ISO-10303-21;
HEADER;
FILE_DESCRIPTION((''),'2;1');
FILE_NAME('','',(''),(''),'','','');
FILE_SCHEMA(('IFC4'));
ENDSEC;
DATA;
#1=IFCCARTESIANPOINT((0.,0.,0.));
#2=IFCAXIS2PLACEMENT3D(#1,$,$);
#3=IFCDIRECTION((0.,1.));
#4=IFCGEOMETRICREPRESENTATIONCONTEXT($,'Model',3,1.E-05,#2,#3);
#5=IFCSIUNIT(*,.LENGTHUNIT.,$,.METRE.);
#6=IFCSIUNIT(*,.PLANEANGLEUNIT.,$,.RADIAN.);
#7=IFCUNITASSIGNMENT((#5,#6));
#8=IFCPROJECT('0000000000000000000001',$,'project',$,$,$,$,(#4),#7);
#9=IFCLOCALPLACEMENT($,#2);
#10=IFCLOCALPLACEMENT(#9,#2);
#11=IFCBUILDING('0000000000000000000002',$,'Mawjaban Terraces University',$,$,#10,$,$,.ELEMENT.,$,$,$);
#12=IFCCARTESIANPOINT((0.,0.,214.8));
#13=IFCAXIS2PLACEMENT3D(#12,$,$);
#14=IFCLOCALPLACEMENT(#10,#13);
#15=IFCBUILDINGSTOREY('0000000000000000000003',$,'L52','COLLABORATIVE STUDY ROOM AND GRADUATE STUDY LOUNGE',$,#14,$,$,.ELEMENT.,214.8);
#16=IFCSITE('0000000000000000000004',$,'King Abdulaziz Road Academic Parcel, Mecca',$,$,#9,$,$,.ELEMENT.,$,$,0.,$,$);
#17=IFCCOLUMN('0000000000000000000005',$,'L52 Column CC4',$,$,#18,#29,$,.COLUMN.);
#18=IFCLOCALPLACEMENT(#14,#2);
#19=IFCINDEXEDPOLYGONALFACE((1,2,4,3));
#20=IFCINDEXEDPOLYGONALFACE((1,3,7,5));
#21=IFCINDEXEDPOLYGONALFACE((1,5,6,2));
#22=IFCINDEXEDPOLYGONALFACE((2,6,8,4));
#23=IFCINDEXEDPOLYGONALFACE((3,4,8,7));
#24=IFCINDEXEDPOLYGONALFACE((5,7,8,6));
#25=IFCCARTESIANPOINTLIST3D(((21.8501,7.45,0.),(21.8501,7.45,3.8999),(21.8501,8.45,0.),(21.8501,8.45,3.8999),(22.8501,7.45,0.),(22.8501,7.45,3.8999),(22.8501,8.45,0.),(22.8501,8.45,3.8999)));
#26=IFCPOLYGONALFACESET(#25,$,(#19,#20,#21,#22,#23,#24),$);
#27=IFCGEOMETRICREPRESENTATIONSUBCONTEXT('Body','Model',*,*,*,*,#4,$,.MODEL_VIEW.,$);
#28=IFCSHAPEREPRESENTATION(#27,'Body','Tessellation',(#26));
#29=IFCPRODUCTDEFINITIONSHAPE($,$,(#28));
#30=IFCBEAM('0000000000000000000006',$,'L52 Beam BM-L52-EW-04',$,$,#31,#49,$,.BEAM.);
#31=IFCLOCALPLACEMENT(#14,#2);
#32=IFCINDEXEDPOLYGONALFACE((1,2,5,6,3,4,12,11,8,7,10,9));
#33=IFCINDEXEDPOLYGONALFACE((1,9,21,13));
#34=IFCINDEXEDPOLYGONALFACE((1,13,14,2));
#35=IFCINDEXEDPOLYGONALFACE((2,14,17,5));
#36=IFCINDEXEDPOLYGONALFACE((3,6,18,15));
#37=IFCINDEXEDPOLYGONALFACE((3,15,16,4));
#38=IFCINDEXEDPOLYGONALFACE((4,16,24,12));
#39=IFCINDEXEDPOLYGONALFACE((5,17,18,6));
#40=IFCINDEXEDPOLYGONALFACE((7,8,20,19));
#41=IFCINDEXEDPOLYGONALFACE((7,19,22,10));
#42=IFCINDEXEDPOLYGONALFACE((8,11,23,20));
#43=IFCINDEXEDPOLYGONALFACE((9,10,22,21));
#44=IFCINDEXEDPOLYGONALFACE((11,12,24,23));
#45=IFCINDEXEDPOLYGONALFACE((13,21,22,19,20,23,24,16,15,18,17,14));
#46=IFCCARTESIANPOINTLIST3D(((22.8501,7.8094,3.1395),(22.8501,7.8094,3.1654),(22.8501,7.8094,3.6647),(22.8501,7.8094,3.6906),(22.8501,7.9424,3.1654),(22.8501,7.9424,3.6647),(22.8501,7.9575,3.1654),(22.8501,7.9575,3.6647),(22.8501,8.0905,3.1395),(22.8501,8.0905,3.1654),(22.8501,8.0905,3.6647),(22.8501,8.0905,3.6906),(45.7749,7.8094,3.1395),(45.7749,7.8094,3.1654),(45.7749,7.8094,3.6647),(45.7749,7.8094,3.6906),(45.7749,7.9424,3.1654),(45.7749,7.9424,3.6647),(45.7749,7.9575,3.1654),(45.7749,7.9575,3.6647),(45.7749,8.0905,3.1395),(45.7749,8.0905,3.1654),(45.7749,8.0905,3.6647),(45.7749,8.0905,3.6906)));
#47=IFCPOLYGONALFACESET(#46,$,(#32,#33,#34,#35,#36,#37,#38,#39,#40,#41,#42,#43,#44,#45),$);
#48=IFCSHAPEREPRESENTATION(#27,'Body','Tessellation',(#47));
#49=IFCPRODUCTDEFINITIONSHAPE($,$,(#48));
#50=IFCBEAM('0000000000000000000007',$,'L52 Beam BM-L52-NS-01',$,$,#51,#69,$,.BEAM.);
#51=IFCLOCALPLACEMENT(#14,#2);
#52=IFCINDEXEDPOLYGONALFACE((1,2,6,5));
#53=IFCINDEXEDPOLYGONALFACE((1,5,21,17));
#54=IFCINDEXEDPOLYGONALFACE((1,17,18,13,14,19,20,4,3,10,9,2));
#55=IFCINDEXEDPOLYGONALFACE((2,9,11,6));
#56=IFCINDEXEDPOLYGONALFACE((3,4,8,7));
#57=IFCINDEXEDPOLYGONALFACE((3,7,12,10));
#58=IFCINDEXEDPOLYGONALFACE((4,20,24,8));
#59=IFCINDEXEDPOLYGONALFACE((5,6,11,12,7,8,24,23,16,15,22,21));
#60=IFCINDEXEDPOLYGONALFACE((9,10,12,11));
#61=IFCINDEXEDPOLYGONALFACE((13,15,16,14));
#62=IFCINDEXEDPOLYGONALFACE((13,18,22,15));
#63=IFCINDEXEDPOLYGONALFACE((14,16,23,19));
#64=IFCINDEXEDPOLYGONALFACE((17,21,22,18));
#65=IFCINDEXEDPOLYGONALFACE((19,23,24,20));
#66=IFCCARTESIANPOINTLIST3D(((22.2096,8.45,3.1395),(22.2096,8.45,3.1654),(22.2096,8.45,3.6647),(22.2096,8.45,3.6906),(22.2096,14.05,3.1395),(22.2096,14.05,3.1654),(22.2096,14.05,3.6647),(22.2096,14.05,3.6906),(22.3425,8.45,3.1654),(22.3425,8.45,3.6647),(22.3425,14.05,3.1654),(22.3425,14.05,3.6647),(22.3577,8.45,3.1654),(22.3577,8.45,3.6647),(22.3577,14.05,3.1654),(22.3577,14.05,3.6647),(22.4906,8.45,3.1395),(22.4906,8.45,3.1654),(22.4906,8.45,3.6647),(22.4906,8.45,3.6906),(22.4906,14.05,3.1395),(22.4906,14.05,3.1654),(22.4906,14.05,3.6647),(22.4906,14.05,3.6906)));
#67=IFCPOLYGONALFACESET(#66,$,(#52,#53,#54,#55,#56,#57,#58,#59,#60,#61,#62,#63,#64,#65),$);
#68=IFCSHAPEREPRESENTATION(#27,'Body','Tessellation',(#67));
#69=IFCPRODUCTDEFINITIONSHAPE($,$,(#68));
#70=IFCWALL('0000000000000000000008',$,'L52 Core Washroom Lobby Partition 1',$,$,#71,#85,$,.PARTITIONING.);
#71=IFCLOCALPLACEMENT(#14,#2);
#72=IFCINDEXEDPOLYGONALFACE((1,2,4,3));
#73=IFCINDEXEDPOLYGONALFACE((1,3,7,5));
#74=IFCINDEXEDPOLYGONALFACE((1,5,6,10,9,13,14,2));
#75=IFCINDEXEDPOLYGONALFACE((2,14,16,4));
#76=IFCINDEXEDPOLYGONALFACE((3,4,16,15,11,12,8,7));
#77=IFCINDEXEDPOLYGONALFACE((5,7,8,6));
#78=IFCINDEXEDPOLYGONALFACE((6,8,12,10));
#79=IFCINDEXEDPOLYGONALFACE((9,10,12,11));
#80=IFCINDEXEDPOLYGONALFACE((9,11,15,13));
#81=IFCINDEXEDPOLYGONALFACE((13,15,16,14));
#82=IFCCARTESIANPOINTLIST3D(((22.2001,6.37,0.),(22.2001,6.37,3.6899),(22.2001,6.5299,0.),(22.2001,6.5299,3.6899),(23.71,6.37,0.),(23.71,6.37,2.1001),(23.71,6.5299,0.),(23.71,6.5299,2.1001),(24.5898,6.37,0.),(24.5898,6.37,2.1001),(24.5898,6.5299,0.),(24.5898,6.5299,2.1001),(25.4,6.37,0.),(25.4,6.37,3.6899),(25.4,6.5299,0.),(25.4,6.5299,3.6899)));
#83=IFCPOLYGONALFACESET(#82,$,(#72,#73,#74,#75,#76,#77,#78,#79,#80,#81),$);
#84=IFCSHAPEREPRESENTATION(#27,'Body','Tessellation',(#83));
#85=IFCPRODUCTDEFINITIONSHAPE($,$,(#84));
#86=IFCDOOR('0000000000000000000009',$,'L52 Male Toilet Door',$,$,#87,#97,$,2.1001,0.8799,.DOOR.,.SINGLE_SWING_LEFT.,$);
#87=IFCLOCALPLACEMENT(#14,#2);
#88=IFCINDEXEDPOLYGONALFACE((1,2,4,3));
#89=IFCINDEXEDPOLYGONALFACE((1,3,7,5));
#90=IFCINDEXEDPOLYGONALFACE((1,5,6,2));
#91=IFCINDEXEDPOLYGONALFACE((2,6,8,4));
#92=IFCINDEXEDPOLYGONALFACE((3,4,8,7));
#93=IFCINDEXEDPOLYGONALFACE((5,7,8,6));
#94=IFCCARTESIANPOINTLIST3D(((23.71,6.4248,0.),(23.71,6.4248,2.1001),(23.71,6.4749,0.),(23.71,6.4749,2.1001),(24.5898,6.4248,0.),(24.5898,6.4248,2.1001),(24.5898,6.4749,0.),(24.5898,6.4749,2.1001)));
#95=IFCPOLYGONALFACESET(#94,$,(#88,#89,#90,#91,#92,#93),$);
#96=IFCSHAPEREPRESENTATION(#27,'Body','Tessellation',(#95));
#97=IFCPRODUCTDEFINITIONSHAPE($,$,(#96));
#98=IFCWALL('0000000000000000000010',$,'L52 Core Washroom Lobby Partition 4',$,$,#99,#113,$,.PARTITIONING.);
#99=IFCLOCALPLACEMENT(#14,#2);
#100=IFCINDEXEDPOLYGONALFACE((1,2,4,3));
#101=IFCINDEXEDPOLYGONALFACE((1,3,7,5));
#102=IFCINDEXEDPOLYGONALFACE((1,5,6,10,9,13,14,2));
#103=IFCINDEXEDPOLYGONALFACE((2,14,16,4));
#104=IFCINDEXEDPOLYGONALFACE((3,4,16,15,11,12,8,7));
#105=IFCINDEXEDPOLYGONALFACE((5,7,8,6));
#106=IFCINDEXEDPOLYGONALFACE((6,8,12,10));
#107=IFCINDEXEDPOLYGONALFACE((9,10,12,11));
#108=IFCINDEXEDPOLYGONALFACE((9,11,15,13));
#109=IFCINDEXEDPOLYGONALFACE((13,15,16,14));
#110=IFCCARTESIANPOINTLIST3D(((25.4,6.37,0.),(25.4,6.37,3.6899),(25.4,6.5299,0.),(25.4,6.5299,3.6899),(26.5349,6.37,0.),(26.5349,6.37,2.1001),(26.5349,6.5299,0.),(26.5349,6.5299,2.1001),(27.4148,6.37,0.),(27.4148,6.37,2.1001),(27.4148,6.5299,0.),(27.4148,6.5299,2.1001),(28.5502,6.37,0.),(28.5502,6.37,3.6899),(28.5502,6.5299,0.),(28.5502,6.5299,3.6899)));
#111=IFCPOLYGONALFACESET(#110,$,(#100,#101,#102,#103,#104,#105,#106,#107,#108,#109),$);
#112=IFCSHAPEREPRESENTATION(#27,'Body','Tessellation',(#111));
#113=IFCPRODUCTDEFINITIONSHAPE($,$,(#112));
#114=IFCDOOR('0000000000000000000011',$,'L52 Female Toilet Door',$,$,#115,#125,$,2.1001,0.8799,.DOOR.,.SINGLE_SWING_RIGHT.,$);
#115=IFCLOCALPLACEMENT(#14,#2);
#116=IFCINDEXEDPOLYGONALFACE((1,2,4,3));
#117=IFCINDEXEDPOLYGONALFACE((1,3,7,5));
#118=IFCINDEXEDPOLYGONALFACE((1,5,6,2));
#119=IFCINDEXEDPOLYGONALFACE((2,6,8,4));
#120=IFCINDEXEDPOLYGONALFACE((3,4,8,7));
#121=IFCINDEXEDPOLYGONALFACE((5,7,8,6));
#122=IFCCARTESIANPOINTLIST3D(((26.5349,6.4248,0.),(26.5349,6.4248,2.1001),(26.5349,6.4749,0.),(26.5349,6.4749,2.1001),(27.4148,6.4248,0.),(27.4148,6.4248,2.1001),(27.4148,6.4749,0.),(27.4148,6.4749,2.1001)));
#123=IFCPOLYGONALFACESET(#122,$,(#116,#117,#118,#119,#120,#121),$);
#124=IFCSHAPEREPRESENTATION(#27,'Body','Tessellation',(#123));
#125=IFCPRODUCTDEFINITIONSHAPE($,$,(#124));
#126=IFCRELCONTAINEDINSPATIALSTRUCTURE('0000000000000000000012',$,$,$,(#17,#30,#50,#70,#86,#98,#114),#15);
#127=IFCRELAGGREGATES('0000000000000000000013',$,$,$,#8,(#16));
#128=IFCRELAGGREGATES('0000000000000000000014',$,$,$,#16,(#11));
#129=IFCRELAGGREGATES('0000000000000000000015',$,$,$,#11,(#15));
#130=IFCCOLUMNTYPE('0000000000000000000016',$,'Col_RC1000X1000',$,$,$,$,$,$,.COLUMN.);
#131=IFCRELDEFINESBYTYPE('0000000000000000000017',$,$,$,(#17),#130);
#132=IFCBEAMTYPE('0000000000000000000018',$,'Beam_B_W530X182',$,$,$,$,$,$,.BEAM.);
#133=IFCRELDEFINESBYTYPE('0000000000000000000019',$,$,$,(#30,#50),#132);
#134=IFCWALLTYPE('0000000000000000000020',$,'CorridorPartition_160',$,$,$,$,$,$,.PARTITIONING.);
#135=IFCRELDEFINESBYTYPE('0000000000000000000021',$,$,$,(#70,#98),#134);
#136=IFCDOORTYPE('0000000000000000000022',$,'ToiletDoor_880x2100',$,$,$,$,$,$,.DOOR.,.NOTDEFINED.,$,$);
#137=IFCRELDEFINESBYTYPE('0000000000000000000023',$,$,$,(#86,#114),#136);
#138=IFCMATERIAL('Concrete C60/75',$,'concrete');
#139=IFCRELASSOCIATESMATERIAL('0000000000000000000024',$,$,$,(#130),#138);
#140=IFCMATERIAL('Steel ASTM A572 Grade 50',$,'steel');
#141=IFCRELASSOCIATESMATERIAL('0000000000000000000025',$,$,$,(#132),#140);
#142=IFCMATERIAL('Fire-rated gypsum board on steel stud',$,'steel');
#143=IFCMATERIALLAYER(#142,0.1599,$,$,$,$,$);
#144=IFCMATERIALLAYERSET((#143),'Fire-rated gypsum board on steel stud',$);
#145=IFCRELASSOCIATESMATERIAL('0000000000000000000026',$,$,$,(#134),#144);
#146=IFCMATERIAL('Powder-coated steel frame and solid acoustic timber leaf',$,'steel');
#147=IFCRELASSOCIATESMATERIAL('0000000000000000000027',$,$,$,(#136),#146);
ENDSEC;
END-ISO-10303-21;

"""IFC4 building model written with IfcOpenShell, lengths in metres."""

from ifc_helpers import new_model, si_unit, direction, frame, frame_2d, origin, origin_2d, place, context, subcontext, project, spatial, rectangle, i_section, extrude, material, layer, layer_set, material_profile, profile_set, type_object, element, fill, save


model = new_model("IFC4")

# Units and contexts
model_context = context("Model", 3, precision=1e-05, world=origin(), true_north=direction((0.0, 1.0)))
body_context = subcontext(model_context, "Body", "Model", "MODEL_VIEW")
ifc_project = project(units=[si_unit("LENGTHUNIT", "METRE"), si_unit("PLANEANGLEUNIT", "RADIAN")], contexts=[model_context])

# Site, building, storey
site_placement = place(None, origin())
site = spatial("IfcSite", under=ifc_project, at=site_placement, Name="King Abdulaziz Road Academic Parcel, Mecca", CompositionType="ELEMENT", RefElevation=0.0)
building_placement = place(site_placement, origin())
building = spatial("IfcBuilding", under=site, at=building_placement, Name="Mawjaban Terraces University", CompositionType="ELEMENT")
storey_placement = place(building_placement, frame((0.0, 0.0, 214.8)))
storey = spatial("IfcBuildingStorey", under=building, at=storey_placement, Name="L52", Description="COLLABORATIVE STUDY ROOM AND GRADUATE STUDY LOUNGE", CompositionType="ELEMENT", Elevation=214.8)

# Column
ifc_material_1 = material(Name="Concrete C60/75", Category="concrete")
ifc_material_profile_1 = material_profile(ifc_material_1, rectangle(XDim=1.0, YDim=1.0, at=origin_2d()), Name="RC1000X1000")
ifc_profile_set_1 = profile_set([ifc_material_profile_1], Name="Concrete C60/75")
column_type = type_object("IfcColumnType", Name="Col_RC1000X1000", PredefinedType="COLUMN", material=ifc_profile_set_1)
column_placement = place(storey_placement, frame((22.3501, 7.95, 0.0), z_axis=(0.0, 0.0, 1.0), x_axis=(1.0, 0.0, 0.0)))
element("IfcColumn", 1, at=column_placement, inside=storey, type_object=column_type, Name="L52 Column CC4", PredefinedType="COLUMN", context=body_context, shape_type="SweptSolid", body=[
    extrude(rectangle(XDim=1.0, YDim=1.0, at=origin_2d()), origin(), (0.0, 0.0, 1.0), 3.8999),
])

# Beams
ifc_material_2 = material(Name="Steel ASTM A572 Grade 50", Category="steel")
ifc_material_profile_2 = material_profile(ifc_material_2, i_section(OverallWidth=0.281, OverallDepth=0.551, WebThickness=0.0151, FlangeThickness=0.0259, at=origin_2d()), Name="W530X182")
ifc_profile_set_2 = profile_set([ifc_material_profile_2], Name="Steel ASTM A572 Grade 50")
beam_type = type_object("IfcBeamType", Name="Beam_B_W530X182", PredefinedType="BEAM", material=ifc_profile_set_2)
beam_1_placement = place(storey_placement, frame((22.8501, 7.95, 3.415), z_axis=(1.0, 0.0, 0.0), x_axis=(0.0, 1.0, 0.0)))
element("IfcBeam", 2, at=beam_1_placement, inside=storey, type_object=beam_type, Name="L52 Beam BM-L52-EW-04", PredefinedType="BEAM", context=body_context, shape_type="SweptSolid", body=[
    extrude(i_section(OverallWidth=0.281, OverallDepth=0.551, WebThickness=0.0151, FlangeThickness=0.0259, at=origin_2d()), origin(), (0.0, 0.0, 1.0), 22.9248),
])
beam_2_placement = place(storey_placement, frame((22.3501, 8.45, 3.415), z_axis=(0.0, 1.0, 0.0), x_axis=(-1.0, 0.0, 0.0)))
element("IfcBeam", 3, at=beam_2_placement, inside=storey, type_object=beam_type, Name="L52 Beam BM-L52-NS-01", PredefinedType="BEAM", context=body_context, shape_type="SweptSolid", body=[
    extrude(i_section(OverallWidth=0.281, OverallDepth=0.551, WebThickness=0.0151, FlangeThickness=0.0259, at=origin_2d()), origin(), (0.0, 0.0, 1.0), 5.6001),
])

# Walls, openings, doors
ifc_material_3 = material(Name="Fire-rated gypsum board on steel stud", Category="steel")
ifc_layer_1 = layer(ifc_material_3, 0.1599)
ifc_layer_set_1 = layer_set([ifc_layer_1], Name="Fire-rated gypsum board on steel stud")
wall_type_1 = type_object("IfcWallType", Name="CorridorPartition_160", PredefinedType="PARTITIONING", material=ifc_layer_set_1)
wall_1_placement = place(storey_placement, frame((22.2, 6.45, 0.0), z_axis=(0.0, 0.0, 1.0), x_axis=(1.0, 0.0, 0.0)))
wall_1 = element("IfcWall", 4, at=wall_1_placement, inside=storey, type_object=wall_type_1, Name="L52 Core Washroom Lobby Partition 1", PredefinedType="PARTITIONING", context=body_context, shape_type="SweptSolid", body=[
    extrude(rectangle(XDim=3.2, YDim=0.1599, at=frame_2d((1.6001, 0.0))), origin(), (0.0, 0.0, 1.0), 3.6899),
])
opening_1_placement = place(wall_1_placement, frame((1.51, 0.0, 0.0)))
opening_1 = element("IfcOpeningElement", 5, at=opening_1_placement, cuts=wall_1, PredefinedType="OPENING", context=body_context, shape_type="SweptSolid", body=[
    extrude(rectangle(XDim=0.8799, YDim=2.1001, at=frame_2d((0.4399, 1.05))), frame((0.0, 0.0898, 0.0), z_axis=(0.0, -1.0, 0.0), x_axis=(1.0, 0.0, 0.0)), (0.0, 0.0, 1.0), 0.1799),
])
ifc_material_4 = material(Name="Powder-coated steel frame and solid acoustic timber leaf", Category="steel")
door_type = type_object("IfcDoorType", Name="ToiletDoor_880x2100", OperationType="NOTDEFINED", PredefinedType="DOOR", material=ifc_material_4)
door_1_placement = place(opening_1_placement, origin())
door_1 = element("IfcDoor", 6, at=door_1_placement, inside=storey, type_object=door_type, Name="L52 Male Toilet Door", OperationType="SINGLE_SWING_LEFT", OverallHeight=2.1001, OverallWidth=0.8799, PredefinedType="DOOR", context=body_context, shape_type="SweptSolid", body=[
    extrude(rectangle(XDim=0.8799, YDim=2.1001, at=frame_2d((0.4399, 1.05))), frame((0.0, 0.0249, 0.0), z_axis=(0.0, -1.0, 0.0), x_axis=(1.0, 0.0, 0.0)), (0.0, 0.0, 1.0), 0.05),
])
fill(opening_1, door_1)
wall_2_placement = place(storey_placement, frame((25.3999, 6.45, 0.0), z_axis=(0.0, 0.0, 1.0), x_axis=(1.0, 0.0, 0.0)))
wall_2 = element("IfcWall", 7, at=wall_2_placement, inside=storey, type_object=wall_type_1, Name="L52 Core Washroom Lobby Partition 4", PredefinedType="PARTITIONING", context=body_context, shape_type="SweptSolid", body=[
    extrude(rectangle(XDim=3.1501, YDim=0.1599, at=frame_2d((1.5752, 0.0))), origin(), (0.0, 0.0, 1.0), 3.6899),
])
opening_2_placement = place(wall_2_placement, frame((1.135, 0.0, 0.0)))
opening_2 = element("IfcOpeningElement", 8, at=opening_2_placement, cuts=wall_2, PredefinedType="OPENING", context=body_context, shape_type="SweptSolid", body=[
    extrude(rectangle(XDim=0.8799, YDim=2.1001, at=frame_2d((0.4399, 1.05))), frame((0.0, 0.0898, 0.0), z_axis=(0.0, -1.0, 0.0), x_axis=(1.0, 0.0, 0.0)), (0.0, 0.0, 1.0), 0.1799),
])
door_2_placement = place(opening_2_placement, origin())
door_2 = element("IfcDoor", 9, at=door_2_placement, inside=storey, type_object=door_type, Name="L52 Female Toilet Door", OperationType="SINGLE_SWING_RIGHT", OverallHeight=2.1001, OverallWidth=0.8799, PredefinedType="DOOR", context=body_context, shape_type="SweptSolid", body=[
    extrude(rectangle(XDim=0.8799, YDim=2.1001, at=frame_2d((0.4399, 1.05))), frame((0.0, 0.0249, 0.0), z_axis=(0.0, -1.0, 0.0), x_axis=(1.0, 0.0, 0.0)), (0.0, 0.0, 1.0), 0.05),
])
fill(opening_2, door_2)

save(model, "model.ifc")
